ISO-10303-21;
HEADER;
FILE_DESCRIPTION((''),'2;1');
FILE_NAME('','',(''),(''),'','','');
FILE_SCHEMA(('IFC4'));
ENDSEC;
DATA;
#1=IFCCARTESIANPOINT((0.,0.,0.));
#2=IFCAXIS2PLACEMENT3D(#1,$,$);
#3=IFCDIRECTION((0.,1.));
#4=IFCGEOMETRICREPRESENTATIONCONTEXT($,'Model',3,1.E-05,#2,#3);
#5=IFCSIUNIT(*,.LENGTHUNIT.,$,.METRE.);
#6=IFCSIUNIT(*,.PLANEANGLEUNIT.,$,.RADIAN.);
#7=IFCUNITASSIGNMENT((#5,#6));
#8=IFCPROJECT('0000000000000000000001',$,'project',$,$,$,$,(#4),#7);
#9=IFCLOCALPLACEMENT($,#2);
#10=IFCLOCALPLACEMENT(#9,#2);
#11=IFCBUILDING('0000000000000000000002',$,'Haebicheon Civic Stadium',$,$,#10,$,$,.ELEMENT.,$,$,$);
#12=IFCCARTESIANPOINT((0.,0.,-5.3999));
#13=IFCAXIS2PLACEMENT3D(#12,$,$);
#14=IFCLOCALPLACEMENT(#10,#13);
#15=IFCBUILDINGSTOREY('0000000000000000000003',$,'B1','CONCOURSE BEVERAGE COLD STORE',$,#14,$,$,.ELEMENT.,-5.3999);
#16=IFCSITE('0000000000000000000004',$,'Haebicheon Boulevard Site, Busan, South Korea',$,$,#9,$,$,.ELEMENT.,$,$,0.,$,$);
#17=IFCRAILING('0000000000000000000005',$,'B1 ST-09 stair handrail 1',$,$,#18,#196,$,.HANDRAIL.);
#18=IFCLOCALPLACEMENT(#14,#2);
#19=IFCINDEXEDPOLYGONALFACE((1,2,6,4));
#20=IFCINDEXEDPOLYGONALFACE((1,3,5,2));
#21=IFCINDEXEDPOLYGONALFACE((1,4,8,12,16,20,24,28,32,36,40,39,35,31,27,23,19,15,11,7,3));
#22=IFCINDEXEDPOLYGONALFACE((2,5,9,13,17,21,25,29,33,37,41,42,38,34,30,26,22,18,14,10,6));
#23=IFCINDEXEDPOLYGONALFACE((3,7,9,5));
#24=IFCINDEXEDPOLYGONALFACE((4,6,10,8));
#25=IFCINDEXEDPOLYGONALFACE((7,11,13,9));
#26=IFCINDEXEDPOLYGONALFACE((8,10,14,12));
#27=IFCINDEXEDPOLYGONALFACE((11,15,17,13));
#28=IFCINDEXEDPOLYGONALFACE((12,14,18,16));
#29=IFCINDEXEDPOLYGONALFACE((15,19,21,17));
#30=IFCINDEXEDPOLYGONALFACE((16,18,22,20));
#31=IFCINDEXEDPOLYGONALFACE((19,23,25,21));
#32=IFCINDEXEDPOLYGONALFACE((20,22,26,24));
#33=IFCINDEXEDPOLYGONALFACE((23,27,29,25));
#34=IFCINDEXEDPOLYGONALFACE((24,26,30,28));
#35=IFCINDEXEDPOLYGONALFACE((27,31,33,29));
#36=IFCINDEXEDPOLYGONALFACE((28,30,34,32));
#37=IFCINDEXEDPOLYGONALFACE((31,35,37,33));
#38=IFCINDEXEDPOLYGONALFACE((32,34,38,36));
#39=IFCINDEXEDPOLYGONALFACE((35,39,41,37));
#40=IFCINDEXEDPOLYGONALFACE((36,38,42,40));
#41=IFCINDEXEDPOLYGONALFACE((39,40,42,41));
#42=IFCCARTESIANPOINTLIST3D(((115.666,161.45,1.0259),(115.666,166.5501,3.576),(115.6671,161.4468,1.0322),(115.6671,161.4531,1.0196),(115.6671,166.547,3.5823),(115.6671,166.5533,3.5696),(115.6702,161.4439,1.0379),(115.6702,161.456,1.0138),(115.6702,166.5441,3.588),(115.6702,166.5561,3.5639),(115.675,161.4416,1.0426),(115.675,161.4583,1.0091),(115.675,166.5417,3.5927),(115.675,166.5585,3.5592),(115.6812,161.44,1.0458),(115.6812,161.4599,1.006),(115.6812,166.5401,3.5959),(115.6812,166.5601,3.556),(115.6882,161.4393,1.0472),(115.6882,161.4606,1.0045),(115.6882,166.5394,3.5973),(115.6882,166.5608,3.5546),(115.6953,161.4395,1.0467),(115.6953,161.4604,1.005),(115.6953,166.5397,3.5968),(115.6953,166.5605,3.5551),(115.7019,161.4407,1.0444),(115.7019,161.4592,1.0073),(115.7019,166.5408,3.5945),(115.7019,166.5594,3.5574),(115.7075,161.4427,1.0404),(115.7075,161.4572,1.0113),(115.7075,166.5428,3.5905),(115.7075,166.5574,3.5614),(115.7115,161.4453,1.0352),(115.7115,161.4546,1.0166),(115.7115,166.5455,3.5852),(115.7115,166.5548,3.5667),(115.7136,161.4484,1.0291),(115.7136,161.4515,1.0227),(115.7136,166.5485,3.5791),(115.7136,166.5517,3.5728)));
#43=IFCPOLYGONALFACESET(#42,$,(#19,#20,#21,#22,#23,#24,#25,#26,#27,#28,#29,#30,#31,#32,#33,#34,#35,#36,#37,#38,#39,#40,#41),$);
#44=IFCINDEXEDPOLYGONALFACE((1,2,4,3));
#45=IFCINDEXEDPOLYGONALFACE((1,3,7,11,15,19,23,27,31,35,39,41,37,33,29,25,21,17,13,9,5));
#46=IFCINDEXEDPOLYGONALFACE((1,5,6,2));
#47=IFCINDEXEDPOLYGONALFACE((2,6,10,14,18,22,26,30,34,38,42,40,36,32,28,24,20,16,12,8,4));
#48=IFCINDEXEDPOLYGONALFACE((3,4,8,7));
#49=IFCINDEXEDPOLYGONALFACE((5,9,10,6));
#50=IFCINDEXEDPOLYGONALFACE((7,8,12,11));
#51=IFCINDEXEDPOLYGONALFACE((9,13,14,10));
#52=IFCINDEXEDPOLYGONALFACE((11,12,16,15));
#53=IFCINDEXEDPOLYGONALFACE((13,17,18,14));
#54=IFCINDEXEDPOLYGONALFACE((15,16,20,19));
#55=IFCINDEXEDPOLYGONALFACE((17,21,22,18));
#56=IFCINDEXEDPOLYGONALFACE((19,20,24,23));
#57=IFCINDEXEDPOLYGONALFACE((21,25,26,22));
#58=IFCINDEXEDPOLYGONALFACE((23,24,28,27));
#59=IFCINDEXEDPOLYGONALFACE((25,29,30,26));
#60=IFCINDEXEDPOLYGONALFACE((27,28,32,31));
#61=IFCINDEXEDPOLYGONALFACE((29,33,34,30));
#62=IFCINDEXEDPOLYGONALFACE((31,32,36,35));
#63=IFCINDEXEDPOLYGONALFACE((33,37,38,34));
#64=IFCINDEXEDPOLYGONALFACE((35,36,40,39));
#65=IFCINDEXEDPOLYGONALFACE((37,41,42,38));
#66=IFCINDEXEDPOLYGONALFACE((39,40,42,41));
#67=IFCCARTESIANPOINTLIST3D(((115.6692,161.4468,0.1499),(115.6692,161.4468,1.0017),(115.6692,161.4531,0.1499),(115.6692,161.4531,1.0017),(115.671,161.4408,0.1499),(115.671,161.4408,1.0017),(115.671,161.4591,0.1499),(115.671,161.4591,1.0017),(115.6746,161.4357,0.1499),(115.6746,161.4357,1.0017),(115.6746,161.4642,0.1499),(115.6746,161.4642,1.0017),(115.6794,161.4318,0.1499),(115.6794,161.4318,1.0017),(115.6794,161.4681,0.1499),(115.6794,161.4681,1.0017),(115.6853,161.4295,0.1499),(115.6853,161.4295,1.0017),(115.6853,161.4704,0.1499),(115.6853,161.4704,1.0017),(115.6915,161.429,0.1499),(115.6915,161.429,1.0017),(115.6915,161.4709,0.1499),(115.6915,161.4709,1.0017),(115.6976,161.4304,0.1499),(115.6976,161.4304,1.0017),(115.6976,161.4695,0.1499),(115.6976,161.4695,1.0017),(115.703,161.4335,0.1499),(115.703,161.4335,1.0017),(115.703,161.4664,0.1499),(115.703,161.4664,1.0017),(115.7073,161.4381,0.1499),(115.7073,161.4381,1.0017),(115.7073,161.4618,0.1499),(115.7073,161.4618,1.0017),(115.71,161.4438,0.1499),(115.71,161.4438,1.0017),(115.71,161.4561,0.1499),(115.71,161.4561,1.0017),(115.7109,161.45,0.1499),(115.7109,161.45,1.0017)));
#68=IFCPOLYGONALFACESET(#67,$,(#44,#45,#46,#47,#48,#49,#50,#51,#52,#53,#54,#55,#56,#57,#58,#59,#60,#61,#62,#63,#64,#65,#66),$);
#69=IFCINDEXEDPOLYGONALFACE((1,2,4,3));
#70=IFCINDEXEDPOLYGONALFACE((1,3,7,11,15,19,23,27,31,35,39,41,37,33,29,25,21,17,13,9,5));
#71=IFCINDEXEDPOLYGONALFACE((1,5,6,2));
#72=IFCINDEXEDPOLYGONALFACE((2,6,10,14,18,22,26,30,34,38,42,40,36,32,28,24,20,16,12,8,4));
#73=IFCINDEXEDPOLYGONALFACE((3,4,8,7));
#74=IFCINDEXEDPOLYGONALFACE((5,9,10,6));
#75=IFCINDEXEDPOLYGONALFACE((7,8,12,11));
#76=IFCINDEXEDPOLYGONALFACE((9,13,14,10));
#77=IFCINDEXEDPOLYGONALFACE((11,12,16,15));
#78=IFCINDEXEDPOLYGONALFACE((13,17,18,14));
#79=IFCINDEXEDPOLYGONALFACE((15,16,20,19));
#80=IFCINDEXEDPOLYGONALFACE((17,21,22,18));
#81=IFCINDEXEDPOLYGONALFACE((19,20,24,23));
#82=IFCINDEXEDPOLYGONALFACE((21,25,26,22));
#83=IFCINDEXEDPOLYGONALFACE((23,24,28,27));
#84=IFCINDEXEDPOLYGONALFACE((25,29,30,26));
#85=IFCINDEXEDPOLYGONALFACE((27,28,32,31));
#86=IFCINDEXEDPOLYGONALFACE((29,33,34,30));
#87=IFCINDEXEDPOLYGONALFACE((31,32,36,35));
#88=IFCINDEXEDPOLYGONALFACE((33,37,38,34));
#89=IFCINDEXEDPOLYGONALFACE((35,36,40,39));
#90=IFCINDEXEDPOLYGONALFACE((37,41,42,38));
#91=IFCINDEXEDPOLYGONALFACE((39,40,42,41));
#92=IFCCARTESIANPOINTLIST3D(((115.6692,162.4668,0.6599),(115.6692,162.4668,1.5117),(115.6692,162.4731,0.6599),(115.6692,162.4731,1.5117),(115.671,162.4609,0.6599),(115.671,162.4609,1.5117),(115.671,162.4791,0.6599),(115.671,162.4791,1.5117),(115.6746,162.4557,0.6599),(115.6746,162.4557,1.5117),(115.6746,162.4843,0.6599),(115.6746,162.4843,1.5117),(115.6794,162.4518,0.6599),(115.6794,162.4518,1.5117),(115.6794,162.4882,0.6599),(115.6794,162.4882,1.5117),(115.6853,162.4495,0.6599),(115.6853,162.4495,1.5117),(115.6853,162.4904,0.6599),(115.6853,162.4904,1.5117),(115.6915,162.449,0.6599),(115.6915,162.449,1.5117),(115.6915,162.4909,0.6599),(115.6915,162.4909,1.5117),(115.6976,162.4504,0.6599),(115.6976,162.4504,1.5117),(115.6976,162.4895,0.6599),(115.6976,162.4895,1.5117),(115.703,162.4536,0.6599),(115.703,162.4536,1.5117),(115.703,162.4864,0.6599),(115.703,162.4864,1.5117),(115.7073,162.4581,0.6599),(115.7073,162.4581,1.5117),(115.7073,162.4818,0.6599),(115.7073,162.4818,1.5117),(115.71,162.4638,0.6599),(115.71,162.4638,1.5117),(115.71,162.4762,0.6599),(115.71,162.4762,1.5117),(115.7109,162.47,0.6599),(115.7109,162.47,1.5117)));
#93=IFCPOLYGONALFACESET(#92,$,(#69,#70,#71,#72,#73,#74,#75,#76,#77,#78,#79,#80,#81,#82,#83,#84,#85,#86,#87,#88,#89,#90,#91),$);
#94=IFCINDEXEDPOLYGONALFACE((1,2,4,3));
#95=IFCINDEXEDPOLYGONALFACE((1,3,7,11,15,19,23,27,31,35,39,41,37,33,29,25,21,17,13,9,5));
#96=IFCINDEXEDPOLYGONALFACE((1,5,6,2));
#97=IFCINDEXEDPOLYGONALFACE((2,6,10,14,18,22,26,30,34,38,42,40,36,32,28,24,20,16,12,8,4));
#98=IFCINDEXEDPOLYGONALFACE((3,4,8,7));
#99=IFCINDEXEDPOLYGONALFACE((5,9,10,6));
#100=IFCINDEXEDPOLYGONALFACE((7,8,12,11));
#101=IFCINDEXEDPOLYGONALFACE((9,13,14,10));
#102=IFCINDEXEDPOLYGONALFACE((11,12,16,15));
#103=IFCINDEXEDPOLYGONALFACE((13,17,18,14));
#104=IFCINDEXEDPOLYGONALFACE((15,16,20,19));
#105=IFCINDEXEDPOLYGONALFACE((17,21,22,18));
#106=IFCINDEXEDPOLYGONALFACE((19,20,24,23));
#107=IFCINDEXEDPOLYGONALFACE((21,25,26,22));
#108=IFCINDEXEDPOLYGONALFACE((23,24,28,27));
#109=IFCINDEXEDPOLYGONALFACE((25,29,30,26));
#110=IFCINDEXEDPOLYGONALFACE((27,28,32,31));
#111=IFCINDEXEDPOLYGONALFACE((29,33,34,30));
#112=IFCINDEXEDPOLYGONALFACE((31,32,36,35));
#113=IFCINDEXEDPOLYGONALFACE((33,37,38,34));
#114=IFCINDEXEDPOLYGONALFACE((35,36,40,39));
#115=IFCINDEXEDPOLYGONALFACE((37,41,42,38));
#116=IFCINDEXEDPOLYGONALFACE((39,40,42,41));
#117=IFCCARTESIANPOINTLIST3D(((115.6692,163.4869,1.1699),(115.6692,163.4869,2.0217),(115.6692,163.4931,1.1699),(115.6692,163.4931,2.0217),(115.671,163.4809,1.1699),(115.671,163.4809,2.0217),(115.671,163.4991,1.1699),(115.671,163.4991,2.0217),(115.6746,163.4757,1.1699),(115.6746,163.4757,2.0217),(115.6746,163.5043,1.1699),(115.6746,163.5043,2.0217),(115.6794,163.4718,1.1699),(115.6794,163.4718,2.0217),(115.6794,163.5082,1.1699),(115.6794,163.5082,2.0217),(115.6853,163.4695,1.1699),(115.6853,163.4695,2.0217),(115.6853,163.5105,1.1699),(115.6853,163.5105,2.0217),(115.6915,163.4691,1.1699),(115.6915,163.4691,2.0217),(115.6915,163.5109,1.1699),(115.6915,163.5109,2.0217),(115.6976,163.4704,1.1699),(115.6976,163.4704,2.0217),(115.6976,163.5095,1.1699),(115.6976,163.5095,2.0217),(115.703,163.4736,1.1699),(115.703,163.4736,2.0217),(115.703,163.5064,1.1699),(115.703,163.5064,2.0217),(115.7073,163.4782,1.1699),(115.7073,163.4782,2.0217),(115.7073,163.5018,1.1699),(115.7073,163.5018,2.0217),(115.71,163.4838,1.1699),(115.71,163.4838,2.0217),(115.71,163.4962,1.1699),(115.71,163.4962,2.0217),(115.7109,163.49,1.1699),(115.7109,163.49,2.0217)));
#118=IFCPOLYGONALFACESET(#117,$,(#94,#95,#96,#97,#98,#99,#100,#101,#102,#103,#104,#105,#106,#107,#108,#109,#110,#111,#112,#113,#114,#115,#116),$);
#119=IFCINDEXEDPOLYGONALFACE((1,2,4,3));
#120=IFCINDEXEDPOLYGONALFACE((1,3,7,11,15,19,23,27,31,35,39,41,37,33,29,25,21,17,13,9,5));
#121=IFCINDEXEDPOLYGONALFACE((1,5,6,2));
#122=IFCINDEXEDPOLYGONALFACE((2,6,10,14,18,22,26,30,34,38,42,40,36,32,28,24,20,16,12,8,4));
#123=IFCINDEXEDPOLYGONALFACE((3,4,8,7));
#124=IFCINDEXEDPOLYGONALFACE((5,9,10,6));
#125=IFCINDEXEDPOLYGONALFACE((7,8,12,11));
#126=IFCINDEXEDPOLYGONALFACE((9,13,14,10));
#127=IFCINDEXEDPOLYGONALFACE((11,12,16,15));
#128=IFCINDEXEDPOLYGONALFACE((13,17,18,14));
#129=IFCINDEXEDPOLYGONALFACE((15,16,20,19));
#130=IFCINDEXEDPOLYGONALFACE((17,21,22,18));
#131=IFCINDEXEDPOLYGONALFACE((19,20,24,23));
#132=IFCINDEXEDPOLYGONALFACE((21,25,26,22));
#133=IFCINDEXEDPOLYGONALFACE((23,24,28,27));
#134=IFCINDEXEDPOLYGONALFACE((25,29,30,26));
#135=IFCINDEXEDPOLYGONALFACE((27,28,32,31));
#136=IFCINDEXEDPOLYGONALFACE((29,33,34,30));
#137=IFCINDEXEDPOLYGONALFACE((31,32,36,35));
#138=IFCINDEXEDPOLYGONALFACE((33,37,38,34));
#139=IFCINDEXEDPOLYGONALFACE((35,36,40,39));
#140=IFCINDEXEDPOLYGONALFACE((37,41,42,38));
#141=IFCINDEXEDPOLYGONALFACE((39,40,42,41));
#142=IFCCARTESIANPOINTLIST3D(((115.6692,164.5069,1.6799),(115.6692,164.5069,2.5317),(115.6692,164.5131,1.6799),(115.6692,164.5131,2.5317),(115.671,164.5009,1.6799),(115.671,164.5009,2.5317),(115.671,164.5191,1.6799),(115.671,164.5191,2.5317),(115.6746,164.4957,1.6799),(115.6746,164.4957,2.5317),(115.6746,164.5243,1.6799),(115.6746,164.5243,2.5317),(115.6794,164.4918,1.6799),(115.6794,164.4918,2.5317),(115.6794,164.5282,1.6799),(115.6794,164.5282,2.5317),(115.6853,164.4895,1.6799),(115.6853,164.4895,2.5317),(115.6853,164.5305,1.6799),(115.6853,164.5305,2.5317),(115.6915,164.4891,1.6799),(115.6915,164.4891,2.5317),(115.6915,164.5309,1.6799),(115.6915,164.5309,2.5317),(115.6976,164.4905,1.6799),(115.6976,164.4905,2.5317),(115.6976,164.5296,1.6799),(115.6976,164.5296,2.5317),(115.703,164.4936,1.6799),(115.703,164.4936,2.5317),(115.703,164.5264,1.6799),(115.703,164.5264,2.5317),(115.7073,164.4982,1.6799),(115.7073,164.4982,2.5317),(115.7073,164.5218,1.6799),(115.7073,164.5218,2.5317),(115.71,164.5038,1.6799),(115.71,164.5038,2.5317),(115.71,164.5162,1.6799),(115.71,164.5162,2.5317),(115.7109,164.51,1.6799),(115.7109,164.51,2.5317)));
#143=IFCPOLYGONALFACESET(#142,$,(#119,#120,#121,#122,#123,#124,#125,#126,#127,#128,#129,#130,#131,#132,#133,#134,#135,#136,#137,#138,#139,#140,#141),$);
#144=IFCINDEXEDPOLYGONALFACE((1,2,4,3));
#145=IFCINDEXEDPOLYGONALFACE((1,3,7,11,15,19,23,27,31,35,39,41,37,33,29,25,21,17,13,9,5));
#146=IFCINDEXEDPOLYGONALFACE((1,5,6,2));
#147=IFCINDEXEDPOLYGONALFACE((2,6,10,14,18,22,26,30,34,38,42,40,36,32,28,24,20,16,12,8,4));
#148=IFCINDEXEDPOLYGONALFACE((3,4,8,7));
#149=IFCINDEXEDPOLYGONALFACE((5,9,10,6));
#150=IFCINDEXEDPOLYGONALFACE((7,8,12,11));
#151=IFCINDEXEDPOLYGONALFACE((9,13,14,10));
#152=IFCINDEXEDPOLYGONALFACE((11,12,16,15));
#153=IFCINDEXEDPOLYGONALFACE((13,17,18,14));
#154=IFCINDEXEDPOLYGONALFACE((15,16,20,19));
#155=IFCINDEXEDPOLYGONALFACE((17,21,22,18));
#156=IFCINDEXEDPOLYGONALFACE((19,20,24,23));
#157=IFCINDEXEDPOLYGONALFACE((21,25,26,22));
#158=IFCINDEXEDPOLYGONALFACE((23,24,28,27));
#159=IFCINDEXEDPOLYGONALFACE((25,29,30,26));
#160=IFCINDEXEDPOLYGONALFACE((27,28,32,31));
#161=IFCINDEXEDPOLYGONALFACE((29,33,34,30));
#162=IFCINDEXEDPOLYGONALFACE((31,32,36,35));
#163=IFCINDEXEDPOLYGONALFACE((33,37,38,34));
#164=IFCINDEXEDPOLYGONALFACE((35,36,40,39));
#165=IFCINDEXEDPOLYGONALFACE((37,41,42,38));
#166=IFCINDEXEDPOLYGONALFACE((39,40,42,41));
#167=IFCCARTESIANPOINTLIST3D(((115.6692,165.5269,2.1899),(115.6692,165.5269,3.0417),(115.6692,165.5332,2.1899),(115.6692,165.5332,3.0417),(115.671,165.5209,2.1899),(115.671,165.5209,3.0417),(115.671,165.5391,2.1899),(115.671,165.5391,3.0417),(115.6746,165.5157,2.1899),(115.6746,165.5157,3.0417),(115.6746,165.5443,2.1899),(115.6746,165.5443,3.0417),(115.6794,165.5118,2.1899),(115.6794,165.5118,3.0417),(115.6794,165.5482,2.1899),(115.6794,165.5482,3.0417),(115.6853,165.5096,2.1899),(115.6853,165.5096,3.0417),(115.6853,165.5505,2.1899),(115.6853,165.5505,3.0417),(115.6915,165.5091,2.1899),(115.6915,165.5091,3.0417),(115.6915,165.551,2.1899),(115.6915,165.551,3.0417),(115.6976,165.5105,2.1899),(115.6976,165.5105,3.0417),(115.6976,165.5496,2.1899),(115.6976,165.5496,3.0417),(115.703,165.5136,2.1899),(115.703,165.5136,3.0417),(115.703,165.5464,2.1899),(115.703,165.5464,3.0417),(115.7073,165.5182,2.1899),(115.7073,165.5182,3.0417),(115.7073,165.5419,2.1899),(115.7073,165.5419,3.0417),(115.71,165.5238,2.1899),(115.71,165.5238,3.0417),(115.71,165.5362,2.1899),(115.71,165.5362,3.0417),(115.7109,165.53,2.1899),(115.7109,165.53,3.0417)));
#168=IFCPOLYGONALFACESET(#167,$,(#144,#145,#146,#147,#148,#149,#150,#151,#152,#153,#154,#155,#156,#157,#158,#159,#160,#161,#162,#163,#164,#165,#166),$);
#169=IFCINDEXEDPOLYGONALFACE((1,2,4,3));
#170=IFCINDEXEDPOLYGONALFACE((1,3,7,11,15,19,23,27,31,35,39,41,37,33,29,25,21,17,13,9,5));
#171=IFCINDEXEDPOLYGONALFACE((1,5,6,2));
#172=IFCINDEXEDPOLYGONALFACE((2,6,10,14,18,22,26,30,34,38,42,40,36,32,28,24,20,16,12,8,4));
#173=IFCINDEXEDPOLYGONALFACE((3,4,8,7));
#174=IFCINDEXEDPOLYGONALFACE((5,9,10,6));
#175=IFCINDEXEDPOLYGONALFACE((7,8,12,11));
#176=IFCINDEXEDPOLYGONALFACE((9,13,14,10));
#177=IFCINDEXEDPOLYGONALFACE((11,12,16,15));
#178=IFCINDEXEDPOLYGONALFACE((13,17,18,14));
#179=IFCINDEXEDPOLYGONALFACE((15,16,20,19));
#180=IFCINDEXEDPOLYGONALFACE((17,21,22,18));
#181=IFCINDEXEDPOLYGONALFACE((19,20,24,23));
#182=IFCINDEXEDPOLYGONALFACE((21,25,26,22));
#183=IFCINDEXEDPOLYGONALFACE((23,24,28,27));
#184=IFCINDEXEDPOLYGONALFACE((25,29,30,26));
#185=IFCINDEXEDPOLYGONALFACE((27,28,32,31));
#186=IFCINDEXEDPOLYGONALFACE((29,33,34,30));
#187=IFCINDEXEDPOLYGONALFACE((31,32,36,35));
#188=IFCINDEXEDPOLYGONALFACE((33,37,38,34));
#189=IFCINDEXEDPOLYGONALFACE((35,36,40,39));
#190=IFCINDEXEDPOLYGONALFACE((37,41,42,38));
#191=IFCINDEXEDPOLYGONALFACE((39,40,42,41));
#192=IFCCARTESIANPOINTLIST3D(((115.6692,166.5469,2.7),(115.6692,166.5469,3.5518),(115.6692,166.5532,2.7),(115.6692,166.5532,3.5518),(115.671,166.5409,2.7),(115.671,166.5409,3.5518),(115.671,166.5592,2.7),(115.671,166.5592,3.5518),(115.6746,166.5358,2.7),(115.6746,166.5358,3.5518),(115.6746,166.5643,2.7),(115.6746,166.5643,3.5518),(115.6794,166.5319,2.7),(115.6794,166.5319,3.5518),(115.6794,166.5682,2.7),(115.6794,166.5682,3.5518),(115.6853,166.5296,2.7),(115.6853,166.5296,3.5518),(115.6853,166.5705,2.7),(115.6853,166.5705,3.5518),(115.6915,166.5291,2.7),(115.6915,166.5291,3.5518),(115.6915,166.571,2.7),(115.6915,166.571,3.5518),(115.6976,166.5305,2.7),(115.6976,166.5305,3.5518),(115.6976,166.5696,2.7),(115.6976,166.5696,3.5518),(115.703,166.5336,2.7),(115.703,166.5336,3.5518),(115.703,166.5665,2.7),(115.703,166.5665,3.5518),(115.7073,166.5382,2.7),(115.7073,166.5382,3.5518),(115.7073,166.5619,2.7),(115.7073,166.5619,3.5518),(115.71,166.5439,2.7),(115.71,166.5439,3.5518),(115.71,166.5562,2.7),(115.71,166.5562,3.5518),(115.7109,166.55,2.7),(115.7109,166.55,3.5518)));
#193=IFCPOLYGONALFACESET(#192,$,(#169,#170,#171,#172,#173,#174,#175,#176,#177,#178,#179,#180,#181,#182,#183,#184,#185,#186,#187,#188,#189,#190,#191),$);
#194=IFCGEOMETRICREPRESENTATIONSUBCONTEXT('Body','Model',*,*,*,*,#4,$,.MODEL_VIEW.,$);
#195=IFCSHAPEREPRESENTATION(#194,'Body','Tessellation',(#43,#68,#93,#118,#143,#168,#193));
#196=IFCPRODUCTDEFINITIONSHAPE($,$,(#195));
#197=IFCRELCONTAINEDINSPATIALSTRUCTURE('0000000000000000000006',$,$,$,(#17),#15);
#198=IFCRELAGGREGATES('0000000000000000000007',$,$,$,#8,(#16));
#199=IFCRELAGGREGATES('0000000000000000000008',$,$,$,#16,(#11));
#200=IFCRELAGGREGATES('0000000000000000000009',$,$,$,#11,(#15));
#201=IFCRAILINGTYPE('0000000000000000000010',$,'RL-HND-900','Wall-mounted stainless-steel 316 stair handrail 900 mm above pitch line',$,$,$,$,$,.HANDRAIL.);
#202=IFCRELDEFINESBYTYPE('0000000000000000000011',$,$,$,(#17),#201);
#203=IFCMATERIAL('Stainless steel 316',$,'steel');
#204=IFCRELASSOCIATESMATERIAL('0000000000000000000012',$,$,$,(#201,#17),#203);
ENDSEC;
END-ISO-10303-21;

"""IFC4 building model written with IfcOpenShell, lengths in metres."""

from ifc_helpers import new_model, si_unit, direction, frame, origin, origin_2d, place, context, subcontext, project, spatial, circle, extrude, material, type_object, element, save


model = new_model("IFC4")

# Units and contexts
model_context = context("Model", 3, precision=1e-05, world=origin(), true_north=direction((0.0, 1.0)))
body_context = subcontext(model_context, "Body", "Model", "MODEL_VIEW")
ifc_project = project(units=[si_unit("LENGTHUNIT", "METRE"), si_unit("PLANEANGLEUNIT", "RADIAN")], contexts=[model_context])

# Site, building, storey
site_placement = place(None, origin())
site = spatial("IfcSite", under=ifc_project, at=site_placement, Name="Haebicheon Boulevard Site, Busan, South Korea", CompositionType="ELEMENT", RefElevation=0.0)
building_placement = place(site_placement, origin())
building = spatial("IfcBuilding", under=site, at=building_placement, Name="Haebicheon Civic Stadium", CompositionType="ELEMENT")
storey_placement = place(building_placement, frame((0.0, 0.0, -5.3999)))
storey = spatial("IfcBuildingStorey", under=building, at=storey_placement, Name="B1", Description="CONCOURSE BEVERAGE COLD STORE", CompositionType="ELEMENT", Elevation=-5.3999)

# Railing
ifc_material_1 = material(Name="Stainless steel 316", Category="steel")
railing_type_1 = type_object("IfcRailingType", Name="RL-HND-900", Description="Wall-mounted stainless-steel 316 stair handrail 900 mm above pitch line", PredefinedType="HANDRAIL", material=ifc_material_1)
railing_1_placement = place(storey_placement, frame((115.6899, 161.45, 0.1499)))
element("IfcRailing", 1, at=railing_1_placement, inside=storey, type_object=railing_type_1, material=ifc_material_1, Name="B1 ST-09 stair handrail 1", PredefinedType="HANDRAIL", context=body_context, shape_type="SweptSolid", body=[
    extrude(circle(Radius=0.0239, at=origin_2d()), frame((0.0, 0.0, 0.876), z_axis=(0.0, 0.894427, 0.447214), x_axis=(-1.0, 0.0, 0.0)), (0.0, 0.0, 1.0), 5.7021),
    extrude(circle(Radius=0.021, at=origin_2d()), origin(), (0.0, 0.0, 1.0), 0.8518),
    extrude(circle(Radius=0.021, at=origin_2d()), frame((0.0, 1.02, 0.51)), (0.0, 0.0, 1.0), 0.8518),
    extrude(circle(Radius=0.021, at=origin_2d()), frame((0.0, 2.04, 1.02)), (0.0, 0.0, 1.0), 0.8518),
    extrude(circle(Radius=0.021, at=origin_2d()), frame((0.0, 3.0601, 1.53)), (0.0, 0.0, 1.0), 0.8518),
    extrude(circle(Radius=0.021, at=origin_2d()), frame((0.0, 4.0801, 2.04)), (0.0, 0.0, 1.0), 0.8518),
    extrude(circle(Radius=0.021, at=origin_2d()), frame((0.0, 5.1001, 2.55)), (0.0, 0.0, 1.0), 0.8518),
])

save(model, "model.ifc")
